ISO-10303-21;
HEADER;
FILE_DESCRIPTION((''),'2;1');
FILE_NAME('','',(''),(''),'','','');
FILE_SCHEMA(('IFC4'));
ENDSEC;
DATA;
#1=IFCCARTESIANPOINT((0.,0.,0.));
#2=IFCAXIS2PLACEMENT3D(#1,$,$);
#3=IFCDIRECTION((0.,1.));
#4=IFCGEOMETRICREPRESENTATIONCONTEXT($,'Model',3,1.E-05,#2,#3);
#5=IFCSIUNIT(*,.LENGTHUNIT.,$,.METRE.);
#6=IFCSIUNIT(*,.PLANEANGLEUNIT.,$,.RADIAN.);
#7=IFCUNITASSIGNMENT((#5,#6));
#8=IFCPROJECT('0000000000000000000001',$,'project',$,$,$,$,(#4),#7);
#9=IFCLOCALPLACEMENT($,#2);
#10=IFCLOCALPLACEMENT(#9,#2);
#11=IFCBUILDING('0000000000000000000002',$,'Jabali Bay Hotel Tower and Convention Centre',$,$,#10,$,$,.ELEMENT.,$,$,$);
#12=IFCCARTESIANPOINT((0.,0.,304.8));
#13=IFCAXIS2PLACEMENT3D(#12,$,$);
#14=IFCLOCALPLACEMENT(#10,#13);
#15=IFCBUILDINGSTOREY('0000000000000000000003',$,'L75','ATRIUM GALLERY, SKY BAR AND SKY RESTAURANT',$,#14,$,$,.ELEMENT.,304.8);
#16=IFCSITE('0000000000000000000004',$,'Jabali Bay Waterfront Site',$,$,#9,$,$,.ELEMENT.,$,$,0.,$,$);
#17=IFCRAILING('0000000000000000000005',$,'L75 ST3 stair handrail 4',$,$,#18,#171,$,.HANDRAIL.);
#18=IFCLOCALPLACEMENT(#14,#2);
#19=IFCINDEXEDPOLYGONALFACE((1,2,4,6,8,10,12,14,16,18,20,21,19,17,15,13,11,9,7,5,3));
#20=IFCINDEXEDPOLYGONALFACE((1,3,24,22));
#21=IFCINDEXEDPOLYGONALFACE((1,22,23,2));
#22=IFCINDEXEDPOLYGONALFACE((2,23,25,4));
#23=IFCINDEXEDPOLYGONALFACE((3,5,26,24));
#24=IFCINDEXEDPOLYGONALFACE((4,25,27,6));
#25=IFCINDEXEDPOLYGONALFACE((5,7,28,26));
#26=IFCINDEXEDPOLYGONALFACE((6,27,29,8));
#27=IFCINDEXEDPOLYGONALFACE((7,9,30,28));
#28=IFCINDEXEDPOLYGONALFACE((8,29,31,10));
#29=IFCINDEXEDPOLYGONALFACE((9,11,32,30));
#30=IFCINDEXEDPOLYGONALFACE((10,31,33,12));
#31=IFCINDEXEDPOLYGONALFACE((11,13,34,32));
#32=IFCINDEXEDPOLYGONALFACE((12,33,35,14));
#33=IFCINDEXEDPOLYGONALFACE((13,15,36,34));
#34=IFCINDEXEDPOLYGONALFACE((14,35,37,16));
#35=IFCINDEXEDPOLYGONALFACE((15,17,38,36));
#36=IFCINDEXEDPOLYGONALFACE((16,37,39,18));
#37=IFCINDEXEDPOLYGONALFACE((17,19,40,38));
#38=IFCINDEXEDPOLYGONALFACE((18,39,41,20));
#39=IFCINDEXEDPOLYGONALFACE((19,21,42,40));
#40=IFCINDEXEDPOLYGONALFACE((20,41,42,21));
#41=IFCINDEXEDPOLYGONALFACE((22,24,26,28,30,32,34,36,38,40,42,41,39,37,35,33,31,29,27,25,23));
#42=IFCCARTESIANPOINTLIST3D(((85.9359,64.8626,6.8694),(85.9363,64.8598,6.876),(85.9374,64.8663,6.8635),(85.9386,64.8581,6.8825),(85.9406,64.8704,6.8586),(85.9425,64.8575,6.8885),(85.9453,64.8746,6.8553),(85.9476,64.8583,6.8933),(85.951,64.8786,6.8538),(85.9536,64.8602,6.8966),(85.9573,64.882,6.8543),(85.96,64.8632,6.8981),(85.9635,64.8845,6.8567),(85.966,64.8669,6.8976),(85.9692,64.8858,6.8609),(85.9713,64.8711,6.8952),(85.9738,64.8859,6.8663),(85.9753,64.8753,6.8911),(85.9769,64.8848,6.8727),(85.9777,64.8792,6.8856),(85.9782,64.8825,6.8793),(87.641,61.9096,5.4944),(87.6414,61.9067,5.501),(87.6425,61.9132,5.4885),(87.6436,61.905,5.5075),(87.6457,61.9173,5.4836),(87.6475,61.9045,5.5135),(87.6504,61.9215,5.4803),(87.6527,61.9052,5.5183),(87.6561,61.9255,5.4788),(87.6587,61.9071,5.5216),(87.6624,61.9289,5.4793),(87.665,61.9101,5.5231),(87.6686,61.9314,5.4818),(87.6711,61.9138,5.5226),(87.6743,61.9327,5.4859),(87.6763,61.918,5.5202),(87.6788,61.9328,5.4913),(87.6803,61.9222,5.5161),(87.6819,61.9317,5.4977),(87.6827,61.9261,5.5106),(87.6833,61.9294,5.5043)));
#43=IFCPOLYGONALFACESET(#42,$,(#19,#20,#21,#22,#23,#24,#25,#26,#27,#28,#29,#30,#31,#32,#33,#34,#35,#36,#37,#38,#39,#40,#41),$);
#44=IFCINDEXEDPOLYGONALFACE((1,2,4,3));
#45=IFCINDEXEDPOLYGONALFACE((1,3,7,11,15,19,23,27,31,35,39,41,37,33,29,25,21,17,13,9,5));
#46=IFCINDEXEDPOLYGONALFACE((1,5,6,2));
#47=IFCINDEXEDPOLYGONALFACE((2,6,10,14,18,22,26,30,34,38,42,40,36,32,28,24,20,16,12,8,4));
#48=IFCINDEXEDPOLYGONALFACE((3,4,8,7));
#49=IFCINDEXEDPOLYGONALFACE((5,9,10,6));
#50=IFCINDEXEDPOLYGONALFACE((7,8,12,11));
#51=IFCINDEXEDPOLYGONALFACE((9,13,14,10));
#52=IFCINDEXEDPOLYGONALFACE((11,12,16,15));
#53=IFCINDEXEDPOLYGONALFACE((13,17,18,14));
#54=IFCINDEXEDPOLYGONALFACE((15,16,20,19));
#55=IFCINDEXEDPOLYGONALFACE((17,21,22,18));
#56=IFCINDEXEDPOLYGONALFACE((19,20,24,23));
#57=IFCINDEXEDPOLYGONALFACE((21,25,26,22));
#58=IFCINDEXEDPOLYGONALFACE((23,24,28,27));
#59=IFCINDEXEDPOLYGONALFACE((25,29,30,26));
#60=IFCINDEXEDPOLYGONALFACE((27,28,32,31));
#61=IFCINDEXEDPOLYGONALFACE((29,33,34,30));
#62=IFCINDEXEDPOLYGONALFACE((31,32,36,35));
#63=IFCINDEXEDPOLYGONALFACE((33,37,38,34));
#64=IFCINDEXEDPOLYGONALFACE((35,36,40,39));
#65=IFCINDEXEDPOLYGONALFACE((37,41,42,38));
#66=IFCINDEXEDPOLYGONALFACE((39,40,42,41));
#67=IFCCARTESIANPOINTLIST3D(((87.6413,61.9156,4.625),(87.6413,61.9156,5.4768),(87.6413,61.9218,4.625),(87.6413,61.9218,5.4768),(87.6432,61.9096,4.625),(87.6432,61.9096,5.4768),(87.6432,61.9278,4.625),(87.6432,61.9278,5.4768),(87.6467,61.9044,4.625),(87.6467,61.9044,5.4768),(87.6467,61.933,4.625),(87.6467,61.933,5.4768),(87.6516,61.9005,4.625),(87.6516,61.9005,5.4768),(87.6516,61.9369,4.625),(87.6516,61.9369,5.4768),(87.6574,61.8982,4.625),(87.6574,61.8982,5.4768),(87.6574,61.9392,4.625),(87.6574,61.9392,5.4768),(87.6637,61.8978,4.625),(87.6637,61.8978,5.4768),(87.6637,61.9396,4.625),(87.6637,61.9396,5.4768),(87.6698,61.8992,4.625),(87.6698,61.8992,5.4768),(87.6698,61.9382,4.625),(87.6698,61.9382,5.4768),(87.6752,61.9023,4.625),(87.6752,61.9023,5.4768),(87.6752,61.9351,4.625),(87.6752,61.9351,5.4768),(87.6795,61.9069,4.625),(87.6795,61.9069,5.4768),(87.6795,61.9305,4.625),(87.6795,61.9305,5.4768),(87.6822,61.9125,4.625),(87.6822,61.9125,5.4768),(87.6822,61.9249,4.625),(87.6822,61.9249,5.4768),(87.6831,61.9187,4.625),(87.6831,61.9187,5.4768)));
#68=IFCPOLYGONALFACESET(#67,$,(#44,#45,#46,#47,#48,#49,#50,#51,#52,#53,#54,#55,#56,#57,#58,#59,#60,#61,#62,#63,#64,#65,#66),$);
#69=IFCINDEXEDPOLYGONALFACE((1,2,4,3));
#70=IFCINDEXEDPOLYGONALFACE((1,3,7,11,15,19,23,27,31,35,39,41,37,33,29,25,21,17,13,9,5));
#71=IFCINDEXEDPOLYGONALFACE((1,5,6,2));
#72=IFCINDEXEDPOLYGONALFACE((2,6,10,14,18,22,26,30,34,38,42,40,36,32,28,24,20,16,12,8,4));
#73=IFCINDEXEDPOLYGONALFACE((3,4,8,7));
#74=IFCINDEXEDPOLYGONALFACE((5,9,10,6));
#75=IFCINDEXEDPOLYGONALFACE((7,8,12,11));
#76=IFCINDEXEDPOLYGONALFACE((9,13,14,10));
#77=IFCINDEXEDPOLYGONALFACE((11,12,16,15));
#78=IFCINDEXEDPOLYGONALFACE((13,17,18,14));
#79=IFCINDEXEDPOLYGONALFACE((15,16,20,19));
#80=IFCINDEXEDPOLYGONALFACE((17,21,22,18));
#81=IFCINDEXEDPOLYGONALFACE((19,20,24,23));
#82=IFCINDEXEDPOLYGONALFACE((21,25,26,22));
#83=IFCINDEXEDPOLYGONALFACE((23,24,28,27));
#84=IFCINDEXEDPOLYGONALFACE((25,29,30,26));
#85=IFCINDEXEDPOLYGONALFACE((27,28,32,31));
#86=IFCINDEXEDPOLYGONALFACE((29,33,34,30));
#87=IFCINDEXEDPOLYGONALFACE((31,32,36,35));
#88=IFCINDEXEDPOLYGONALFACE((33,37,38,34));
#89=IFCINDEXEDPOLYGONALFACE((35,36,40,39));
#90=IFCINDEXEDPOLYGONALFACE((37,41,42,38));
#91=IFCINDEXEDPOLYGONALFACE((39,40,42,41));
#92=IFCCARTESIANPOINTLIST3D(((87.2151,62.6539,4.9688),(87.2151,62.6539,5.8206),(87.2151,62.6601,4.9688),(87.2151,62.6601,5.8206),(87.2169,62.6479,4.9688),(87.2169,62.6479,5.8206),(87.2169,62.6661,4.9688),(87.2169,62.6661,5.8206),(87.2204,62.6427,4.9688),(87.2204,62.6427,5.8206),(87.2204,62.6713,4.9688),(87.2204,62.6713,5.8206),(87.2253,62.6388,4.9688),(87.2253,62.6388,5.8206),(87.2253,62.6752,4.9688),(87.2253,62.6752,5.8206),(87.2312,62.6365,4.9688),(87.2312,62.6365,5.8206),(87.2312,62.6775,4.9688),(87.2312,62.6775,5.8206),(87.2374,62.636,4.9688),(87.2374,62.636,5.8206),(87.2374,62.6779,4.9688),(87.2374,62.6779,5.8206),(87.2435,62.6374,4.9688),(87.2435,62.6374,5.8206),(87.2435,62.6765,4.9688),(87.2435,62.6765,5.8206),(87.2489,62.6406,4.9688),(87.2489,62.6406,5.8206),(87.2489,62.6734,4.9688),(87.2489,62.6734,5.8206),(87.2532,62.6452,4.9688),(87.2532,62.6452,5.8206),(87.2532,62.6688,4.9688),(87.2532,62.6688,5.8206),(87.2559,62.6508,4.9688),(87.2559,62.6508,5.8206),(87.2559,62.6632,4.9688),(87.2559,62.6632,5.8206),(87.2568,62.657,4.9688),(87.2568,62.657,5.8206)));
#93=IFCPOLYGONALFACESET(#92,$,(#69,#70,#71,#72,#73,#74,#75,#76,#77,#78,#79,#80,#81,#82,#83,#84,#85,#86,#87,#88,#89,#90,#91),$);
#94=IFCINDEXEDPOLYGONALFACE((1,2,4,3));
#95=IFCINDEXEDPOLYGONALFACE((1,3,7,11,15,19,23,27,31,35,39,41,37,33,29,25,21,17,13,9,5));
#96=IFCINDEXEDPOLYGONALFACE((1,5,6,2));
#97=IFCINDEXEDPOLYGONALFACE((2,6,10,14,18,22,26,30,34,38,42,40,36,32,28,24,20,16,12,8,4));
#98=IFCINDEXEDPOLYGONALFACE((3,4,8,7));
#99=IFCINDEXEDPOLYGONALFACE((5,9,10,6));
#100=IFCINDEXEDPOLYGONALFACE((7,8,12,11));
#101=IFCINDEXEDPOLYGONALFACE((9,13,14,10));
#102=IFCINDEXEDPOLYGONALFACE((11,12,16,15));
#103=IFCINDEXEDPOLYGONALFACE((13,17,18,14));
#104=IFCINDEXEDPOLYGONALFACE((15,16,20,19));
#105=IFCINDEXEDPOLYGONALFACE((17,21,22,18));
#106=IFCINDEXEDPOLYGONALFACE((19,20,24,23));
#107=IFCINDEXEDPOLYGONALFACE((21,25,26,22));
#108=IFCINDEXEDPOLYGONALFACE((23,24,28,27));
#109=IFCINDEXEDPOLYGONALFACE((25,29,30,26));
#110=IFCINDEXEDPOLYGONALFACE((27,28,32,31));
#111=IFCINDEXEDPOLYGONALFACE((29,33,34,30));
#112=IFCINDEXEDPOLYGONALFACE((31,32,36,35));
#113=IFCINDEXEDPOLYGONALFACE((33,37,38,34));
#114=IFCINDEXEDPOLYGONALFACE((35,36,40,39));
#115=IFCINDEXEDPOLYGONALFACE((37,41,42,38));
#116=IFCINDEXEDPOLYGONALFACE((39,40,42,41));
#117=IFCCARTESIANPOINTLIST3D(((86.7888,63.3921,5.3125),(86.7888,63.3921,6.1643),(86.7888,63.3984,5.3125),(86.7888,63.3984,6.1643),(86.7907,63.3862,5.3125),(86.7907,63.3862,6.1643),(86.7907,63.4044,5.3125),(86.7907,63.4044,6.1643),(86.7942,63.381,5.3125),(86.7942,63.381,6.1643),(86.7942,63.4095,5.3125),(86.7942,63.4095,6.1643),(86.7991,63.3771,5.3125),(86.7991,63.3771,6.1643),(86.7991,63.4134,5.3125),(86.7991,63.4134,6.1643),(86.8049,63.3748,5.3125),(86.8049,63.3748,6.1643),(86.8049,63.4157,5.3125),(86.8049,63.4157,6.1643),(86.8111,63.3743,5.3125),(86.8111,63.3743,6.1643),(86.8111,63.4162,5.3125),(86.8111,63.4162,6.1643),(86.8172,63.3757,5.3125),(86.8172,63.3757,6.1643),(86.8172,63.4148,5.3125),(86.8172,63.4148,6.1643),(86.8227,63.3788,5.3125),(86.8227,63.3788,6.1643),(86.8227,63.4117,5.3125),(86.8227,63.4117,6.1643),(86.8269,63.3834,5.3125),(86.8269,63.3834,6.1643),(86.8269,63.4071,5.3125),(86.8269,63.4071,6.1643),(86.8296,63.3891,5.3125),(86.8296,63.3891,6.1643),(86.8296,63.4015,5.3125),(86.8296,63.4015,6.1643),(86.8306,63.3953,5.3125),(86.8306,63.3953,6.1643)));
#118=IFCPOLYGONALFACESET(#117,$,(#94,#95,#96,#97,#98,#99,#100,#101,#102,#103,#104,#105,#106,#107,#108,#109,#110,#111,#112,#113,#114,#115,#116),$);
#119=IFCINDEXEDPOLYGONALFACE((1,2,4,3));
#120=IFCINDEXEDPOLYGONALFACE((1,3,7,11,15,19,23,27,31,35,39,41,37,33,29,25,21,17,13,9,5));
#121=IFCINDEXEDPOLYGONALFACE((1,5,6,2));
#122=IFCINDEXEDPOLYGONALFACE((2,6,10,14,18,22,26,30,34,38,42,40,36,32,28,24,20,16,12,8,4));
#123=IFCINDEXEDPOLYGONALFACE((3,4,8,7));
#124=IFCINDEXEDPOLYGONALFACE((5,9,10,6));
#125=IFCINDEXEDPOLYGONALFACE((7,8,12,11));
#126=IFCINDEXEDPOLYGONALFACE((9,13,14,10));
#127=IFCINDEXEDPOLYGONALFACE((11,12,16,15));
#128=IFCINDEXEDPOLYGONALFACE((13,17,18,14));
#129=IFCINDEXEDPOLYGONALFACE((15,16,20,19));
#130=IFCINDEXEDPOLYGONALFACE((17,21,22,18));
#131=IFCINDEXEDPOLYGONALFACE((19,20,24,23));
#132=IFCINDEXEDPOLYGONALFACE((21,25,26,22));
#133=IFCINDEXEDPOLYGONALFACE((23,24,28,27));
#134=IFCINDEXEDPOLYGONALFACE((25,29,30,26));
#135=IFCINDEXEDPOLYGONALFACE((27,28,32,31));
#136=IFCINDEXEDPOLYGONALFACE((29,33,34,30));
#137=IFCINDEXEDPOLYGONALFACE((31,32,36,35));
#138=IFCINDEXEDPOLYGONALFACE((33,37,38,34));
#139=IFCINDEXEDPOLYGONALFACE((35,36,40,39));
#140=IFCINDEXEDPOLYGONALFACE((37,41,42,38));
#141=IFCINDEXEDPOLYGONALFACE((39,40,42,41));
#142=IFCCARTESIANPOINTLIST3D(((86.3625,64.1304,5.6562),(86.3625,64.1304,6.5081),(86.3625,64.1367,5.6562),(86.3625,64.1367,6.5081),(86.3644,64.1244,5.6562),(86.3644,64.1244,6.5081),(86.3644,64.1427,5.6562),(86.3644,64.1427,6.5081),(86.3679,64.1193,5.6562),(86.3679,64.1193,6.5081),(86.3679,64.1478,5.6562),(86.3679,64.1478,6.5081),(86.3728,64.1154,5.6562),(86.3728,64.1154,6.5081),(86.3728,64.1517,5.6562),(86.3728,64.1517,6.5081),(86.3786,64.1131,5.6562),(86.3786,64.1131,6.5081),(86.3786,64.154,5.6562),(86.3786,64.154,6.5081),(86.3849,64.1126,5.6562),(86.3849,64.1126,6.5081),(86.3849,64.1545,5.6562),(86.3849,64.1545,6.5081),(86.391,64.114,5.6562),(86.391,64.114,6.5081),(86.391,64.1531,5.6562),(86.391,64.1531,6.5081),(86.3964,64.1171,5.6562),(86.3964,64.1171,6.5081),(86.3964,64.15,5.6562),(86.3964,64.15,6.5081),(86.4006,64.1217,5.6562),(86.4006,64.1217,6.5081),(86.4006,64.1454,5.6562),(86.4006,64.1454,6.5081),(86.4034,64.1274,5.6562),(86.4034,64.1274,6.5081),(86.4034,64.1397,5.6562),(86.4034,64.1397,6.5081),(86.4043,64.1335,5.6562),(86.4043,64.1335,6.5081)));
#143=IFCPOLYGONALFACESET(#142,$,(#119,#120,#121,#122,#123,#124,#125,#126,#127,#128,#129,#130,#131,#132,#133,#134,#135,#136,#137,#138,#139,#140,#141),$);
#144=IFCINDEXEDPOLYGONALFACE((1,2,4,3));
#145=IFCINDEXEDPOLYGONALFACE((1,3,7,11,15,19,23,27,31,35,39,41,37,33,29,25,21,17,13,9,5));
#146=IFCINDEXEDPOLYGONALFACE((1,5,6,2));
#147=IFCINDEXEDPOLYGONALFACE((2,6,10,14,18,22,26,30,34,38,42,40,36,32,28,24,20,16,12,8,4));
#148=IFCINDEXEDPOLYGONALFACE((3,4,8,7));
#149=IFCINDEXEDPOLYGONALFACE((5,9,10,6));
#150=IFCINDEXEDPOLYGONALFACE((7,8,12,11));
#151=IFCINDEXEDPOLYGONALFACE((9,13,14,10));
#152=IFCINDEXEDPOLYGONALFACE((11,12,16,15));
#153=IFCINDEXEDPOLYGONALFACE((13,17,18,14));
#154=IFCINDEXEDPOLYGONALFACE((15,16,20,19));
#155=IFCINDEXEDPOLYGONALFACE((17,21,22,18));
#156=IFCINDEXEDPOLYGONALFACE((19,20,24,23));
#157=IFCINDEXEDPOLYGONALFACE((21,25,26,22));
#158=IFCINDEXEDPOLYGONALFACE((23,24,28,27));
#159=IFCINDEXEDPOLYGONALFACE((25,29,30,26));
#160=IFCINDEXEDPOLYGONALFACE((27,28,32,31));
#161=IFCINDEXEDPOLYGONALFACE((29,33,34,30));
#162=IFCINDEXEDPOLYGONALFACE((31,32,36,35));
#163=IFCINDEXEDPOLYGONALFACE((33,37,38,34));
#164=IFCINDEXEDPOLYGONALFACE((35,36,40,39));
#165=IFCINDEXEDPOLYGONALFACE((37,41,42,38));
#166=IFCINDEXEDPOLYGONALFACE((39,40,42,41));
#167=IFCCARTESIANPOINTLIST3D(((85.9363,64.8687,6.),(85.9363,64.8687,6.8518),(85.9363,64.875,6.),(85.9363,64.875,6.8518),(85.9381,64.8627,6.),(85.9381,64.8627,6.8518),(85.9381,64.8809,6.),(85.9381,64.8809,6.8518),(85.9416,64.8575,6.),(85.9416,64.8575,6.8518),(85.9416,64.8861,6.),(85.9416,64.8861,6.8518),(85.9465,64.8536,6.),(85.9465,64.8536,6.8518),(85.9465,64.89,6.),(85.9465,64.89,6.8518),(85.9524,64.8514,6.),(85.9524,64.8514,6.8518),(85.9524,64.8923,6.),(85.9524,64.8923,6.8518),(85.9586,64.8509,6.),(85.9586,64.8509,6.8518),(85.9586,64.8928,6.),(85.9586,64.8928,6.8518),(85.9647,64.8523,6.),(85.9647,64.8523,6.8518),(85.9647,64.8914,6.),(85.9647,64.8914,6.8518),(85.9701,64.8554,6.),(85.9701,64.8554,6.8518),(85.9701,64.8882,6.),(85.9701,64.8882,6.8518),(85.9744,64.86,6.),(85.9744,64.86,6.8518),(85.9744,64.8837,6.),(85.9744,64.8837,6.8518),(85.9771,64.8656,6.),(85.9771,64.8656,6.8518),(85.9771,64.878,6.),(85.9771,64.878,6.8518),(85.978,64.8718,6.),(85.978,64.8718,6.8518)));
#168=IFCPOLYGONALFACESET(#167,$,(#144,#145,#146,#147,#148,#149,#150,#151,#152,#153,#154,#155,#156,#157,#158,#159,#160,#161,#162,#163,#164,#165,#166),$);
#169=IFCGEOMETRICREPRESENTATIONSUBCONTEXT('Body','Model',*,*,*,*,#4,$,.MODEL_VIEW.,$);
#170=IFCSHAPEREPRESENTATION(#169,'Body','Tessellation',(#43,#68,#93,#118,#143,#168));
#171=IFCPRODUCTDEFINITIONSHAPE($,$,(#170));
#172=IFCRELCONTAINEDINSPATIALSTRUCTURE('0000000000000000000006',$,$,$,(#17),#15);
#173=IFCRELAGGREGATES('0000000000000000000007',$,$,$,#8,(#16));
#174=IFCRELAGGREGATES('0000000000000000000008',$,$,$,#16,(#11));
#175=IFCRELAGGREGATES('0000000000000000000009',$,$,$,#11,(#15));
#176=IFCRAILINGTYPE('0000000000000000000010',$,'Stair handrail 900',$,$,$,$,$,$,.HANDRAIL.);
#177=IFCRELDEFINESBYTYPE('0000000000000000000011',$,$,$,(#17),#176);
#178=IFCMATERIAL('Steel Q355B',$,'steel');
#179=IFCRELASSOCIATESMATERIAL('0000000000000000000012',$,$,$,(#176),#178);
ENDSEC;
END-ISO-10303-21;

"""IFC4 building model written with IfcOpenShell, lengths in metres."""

from ifc_helpers import new_model, si_unit, direction, frame, origin, origin_2d, place, context, subcontext, project, spatial, circle, extrude, material, type_object, element, save


model = new_model("IFC4")

# Units and contexts
model_context = context("Model", 3, precision=1e-05, world=origin(), true_north=direction((0.0, 1.0)))
body_context = subcontext(model_context, "Body", "Model", "MODEL_VIEW")
ifc_project = project(units=[si_unit("LENGTHUNIT", "METRE"), si_unit("PLANEANGLEUNIT", "RADIAN")], contexts=[model_context])

# Site, building, storey
site_placement = place(None, origin())
site = spatial("IfcSite", under=ifc_project, at=site_placement, Name="Jabali Bay Waterfront Site", CompositionType="ELEMENT", RefElevation=0.0)
building_placement = place(site_placement, origin())
building = spatial("IfcBuilding", under=site, at=building_placement, Name="Jabali Bay Hotel Tower and Convention Centre", CompositionType="ELEMENT")
storey_placement = place(building_placement, frame((0.0, 0.0, 304.8)))
storey = spatial("IfcBuildingStorey", under=building, at=storey_placement, Name="L75", Description="ATRIUM GALLERY, SKY BAR AND SKY RESTAURANT", CompositionType="ELEMENT", Elevation=304.8)

# Railing
ifc_material_1 = material(Name="Steel Q355B", Category="steel")
railing_type = type_object("IfcRailingType", Name="Stair handrail 900", PredefinedType="HANDRAIL", material=ifc_material_1)
for number, where, name in (
    (1, (87.6621, 61.9187, 4.625), "L75 ST3 stair handrail 4"),
):
    element("IfcRailing", number, at=place(storey_placement, frame(where)), inside=storey, type_object=railing_type, Name=name, PredefinedType="HANDRAIL", context=body_context, shape_type="SweptSolid", body=[
        extrude(circle(Radius=0.0239, at=origin_2d()), frame((0.0, 0.0, 0.876), z_axis=(-0.46374, 0.803178, 0.373966), x_axis=(-0.866014, -0.50002, 0.0)), (0.0, 0.0, 1.0), 3.6768),
        extrude(circle(Radius=0.021, at=origin_2d()), origin(), (0.0, 0.0, 1.0), 0.8518),
        extrude(circle(Radius=0.021, at=origin_2d()), frame((-0.4263, 0.7383, 0.3438)), (0.0, 0.0, 1.0), 0.8518),
        extrude(circle(Radius=0.021, at=origin_2d()), frame((-0.8525, 1.4766, 0.6875)), (0.0, 0.0, 1.0), 0.8518),
        extrude(circle(Radius=0.021, at=origin_2d()), frame((-1.2788, 2.2148, 1.0312)), (0.0, 0.0, 1.0), 0.8518),
        extrude(circle(Radius=0.021, at=origin_2d()), frame((-1.7051, 2.9531, 1.375)), (0.0, 0.0, 1.0), 0.8518),
    ])

save(model, "model.ifc")
